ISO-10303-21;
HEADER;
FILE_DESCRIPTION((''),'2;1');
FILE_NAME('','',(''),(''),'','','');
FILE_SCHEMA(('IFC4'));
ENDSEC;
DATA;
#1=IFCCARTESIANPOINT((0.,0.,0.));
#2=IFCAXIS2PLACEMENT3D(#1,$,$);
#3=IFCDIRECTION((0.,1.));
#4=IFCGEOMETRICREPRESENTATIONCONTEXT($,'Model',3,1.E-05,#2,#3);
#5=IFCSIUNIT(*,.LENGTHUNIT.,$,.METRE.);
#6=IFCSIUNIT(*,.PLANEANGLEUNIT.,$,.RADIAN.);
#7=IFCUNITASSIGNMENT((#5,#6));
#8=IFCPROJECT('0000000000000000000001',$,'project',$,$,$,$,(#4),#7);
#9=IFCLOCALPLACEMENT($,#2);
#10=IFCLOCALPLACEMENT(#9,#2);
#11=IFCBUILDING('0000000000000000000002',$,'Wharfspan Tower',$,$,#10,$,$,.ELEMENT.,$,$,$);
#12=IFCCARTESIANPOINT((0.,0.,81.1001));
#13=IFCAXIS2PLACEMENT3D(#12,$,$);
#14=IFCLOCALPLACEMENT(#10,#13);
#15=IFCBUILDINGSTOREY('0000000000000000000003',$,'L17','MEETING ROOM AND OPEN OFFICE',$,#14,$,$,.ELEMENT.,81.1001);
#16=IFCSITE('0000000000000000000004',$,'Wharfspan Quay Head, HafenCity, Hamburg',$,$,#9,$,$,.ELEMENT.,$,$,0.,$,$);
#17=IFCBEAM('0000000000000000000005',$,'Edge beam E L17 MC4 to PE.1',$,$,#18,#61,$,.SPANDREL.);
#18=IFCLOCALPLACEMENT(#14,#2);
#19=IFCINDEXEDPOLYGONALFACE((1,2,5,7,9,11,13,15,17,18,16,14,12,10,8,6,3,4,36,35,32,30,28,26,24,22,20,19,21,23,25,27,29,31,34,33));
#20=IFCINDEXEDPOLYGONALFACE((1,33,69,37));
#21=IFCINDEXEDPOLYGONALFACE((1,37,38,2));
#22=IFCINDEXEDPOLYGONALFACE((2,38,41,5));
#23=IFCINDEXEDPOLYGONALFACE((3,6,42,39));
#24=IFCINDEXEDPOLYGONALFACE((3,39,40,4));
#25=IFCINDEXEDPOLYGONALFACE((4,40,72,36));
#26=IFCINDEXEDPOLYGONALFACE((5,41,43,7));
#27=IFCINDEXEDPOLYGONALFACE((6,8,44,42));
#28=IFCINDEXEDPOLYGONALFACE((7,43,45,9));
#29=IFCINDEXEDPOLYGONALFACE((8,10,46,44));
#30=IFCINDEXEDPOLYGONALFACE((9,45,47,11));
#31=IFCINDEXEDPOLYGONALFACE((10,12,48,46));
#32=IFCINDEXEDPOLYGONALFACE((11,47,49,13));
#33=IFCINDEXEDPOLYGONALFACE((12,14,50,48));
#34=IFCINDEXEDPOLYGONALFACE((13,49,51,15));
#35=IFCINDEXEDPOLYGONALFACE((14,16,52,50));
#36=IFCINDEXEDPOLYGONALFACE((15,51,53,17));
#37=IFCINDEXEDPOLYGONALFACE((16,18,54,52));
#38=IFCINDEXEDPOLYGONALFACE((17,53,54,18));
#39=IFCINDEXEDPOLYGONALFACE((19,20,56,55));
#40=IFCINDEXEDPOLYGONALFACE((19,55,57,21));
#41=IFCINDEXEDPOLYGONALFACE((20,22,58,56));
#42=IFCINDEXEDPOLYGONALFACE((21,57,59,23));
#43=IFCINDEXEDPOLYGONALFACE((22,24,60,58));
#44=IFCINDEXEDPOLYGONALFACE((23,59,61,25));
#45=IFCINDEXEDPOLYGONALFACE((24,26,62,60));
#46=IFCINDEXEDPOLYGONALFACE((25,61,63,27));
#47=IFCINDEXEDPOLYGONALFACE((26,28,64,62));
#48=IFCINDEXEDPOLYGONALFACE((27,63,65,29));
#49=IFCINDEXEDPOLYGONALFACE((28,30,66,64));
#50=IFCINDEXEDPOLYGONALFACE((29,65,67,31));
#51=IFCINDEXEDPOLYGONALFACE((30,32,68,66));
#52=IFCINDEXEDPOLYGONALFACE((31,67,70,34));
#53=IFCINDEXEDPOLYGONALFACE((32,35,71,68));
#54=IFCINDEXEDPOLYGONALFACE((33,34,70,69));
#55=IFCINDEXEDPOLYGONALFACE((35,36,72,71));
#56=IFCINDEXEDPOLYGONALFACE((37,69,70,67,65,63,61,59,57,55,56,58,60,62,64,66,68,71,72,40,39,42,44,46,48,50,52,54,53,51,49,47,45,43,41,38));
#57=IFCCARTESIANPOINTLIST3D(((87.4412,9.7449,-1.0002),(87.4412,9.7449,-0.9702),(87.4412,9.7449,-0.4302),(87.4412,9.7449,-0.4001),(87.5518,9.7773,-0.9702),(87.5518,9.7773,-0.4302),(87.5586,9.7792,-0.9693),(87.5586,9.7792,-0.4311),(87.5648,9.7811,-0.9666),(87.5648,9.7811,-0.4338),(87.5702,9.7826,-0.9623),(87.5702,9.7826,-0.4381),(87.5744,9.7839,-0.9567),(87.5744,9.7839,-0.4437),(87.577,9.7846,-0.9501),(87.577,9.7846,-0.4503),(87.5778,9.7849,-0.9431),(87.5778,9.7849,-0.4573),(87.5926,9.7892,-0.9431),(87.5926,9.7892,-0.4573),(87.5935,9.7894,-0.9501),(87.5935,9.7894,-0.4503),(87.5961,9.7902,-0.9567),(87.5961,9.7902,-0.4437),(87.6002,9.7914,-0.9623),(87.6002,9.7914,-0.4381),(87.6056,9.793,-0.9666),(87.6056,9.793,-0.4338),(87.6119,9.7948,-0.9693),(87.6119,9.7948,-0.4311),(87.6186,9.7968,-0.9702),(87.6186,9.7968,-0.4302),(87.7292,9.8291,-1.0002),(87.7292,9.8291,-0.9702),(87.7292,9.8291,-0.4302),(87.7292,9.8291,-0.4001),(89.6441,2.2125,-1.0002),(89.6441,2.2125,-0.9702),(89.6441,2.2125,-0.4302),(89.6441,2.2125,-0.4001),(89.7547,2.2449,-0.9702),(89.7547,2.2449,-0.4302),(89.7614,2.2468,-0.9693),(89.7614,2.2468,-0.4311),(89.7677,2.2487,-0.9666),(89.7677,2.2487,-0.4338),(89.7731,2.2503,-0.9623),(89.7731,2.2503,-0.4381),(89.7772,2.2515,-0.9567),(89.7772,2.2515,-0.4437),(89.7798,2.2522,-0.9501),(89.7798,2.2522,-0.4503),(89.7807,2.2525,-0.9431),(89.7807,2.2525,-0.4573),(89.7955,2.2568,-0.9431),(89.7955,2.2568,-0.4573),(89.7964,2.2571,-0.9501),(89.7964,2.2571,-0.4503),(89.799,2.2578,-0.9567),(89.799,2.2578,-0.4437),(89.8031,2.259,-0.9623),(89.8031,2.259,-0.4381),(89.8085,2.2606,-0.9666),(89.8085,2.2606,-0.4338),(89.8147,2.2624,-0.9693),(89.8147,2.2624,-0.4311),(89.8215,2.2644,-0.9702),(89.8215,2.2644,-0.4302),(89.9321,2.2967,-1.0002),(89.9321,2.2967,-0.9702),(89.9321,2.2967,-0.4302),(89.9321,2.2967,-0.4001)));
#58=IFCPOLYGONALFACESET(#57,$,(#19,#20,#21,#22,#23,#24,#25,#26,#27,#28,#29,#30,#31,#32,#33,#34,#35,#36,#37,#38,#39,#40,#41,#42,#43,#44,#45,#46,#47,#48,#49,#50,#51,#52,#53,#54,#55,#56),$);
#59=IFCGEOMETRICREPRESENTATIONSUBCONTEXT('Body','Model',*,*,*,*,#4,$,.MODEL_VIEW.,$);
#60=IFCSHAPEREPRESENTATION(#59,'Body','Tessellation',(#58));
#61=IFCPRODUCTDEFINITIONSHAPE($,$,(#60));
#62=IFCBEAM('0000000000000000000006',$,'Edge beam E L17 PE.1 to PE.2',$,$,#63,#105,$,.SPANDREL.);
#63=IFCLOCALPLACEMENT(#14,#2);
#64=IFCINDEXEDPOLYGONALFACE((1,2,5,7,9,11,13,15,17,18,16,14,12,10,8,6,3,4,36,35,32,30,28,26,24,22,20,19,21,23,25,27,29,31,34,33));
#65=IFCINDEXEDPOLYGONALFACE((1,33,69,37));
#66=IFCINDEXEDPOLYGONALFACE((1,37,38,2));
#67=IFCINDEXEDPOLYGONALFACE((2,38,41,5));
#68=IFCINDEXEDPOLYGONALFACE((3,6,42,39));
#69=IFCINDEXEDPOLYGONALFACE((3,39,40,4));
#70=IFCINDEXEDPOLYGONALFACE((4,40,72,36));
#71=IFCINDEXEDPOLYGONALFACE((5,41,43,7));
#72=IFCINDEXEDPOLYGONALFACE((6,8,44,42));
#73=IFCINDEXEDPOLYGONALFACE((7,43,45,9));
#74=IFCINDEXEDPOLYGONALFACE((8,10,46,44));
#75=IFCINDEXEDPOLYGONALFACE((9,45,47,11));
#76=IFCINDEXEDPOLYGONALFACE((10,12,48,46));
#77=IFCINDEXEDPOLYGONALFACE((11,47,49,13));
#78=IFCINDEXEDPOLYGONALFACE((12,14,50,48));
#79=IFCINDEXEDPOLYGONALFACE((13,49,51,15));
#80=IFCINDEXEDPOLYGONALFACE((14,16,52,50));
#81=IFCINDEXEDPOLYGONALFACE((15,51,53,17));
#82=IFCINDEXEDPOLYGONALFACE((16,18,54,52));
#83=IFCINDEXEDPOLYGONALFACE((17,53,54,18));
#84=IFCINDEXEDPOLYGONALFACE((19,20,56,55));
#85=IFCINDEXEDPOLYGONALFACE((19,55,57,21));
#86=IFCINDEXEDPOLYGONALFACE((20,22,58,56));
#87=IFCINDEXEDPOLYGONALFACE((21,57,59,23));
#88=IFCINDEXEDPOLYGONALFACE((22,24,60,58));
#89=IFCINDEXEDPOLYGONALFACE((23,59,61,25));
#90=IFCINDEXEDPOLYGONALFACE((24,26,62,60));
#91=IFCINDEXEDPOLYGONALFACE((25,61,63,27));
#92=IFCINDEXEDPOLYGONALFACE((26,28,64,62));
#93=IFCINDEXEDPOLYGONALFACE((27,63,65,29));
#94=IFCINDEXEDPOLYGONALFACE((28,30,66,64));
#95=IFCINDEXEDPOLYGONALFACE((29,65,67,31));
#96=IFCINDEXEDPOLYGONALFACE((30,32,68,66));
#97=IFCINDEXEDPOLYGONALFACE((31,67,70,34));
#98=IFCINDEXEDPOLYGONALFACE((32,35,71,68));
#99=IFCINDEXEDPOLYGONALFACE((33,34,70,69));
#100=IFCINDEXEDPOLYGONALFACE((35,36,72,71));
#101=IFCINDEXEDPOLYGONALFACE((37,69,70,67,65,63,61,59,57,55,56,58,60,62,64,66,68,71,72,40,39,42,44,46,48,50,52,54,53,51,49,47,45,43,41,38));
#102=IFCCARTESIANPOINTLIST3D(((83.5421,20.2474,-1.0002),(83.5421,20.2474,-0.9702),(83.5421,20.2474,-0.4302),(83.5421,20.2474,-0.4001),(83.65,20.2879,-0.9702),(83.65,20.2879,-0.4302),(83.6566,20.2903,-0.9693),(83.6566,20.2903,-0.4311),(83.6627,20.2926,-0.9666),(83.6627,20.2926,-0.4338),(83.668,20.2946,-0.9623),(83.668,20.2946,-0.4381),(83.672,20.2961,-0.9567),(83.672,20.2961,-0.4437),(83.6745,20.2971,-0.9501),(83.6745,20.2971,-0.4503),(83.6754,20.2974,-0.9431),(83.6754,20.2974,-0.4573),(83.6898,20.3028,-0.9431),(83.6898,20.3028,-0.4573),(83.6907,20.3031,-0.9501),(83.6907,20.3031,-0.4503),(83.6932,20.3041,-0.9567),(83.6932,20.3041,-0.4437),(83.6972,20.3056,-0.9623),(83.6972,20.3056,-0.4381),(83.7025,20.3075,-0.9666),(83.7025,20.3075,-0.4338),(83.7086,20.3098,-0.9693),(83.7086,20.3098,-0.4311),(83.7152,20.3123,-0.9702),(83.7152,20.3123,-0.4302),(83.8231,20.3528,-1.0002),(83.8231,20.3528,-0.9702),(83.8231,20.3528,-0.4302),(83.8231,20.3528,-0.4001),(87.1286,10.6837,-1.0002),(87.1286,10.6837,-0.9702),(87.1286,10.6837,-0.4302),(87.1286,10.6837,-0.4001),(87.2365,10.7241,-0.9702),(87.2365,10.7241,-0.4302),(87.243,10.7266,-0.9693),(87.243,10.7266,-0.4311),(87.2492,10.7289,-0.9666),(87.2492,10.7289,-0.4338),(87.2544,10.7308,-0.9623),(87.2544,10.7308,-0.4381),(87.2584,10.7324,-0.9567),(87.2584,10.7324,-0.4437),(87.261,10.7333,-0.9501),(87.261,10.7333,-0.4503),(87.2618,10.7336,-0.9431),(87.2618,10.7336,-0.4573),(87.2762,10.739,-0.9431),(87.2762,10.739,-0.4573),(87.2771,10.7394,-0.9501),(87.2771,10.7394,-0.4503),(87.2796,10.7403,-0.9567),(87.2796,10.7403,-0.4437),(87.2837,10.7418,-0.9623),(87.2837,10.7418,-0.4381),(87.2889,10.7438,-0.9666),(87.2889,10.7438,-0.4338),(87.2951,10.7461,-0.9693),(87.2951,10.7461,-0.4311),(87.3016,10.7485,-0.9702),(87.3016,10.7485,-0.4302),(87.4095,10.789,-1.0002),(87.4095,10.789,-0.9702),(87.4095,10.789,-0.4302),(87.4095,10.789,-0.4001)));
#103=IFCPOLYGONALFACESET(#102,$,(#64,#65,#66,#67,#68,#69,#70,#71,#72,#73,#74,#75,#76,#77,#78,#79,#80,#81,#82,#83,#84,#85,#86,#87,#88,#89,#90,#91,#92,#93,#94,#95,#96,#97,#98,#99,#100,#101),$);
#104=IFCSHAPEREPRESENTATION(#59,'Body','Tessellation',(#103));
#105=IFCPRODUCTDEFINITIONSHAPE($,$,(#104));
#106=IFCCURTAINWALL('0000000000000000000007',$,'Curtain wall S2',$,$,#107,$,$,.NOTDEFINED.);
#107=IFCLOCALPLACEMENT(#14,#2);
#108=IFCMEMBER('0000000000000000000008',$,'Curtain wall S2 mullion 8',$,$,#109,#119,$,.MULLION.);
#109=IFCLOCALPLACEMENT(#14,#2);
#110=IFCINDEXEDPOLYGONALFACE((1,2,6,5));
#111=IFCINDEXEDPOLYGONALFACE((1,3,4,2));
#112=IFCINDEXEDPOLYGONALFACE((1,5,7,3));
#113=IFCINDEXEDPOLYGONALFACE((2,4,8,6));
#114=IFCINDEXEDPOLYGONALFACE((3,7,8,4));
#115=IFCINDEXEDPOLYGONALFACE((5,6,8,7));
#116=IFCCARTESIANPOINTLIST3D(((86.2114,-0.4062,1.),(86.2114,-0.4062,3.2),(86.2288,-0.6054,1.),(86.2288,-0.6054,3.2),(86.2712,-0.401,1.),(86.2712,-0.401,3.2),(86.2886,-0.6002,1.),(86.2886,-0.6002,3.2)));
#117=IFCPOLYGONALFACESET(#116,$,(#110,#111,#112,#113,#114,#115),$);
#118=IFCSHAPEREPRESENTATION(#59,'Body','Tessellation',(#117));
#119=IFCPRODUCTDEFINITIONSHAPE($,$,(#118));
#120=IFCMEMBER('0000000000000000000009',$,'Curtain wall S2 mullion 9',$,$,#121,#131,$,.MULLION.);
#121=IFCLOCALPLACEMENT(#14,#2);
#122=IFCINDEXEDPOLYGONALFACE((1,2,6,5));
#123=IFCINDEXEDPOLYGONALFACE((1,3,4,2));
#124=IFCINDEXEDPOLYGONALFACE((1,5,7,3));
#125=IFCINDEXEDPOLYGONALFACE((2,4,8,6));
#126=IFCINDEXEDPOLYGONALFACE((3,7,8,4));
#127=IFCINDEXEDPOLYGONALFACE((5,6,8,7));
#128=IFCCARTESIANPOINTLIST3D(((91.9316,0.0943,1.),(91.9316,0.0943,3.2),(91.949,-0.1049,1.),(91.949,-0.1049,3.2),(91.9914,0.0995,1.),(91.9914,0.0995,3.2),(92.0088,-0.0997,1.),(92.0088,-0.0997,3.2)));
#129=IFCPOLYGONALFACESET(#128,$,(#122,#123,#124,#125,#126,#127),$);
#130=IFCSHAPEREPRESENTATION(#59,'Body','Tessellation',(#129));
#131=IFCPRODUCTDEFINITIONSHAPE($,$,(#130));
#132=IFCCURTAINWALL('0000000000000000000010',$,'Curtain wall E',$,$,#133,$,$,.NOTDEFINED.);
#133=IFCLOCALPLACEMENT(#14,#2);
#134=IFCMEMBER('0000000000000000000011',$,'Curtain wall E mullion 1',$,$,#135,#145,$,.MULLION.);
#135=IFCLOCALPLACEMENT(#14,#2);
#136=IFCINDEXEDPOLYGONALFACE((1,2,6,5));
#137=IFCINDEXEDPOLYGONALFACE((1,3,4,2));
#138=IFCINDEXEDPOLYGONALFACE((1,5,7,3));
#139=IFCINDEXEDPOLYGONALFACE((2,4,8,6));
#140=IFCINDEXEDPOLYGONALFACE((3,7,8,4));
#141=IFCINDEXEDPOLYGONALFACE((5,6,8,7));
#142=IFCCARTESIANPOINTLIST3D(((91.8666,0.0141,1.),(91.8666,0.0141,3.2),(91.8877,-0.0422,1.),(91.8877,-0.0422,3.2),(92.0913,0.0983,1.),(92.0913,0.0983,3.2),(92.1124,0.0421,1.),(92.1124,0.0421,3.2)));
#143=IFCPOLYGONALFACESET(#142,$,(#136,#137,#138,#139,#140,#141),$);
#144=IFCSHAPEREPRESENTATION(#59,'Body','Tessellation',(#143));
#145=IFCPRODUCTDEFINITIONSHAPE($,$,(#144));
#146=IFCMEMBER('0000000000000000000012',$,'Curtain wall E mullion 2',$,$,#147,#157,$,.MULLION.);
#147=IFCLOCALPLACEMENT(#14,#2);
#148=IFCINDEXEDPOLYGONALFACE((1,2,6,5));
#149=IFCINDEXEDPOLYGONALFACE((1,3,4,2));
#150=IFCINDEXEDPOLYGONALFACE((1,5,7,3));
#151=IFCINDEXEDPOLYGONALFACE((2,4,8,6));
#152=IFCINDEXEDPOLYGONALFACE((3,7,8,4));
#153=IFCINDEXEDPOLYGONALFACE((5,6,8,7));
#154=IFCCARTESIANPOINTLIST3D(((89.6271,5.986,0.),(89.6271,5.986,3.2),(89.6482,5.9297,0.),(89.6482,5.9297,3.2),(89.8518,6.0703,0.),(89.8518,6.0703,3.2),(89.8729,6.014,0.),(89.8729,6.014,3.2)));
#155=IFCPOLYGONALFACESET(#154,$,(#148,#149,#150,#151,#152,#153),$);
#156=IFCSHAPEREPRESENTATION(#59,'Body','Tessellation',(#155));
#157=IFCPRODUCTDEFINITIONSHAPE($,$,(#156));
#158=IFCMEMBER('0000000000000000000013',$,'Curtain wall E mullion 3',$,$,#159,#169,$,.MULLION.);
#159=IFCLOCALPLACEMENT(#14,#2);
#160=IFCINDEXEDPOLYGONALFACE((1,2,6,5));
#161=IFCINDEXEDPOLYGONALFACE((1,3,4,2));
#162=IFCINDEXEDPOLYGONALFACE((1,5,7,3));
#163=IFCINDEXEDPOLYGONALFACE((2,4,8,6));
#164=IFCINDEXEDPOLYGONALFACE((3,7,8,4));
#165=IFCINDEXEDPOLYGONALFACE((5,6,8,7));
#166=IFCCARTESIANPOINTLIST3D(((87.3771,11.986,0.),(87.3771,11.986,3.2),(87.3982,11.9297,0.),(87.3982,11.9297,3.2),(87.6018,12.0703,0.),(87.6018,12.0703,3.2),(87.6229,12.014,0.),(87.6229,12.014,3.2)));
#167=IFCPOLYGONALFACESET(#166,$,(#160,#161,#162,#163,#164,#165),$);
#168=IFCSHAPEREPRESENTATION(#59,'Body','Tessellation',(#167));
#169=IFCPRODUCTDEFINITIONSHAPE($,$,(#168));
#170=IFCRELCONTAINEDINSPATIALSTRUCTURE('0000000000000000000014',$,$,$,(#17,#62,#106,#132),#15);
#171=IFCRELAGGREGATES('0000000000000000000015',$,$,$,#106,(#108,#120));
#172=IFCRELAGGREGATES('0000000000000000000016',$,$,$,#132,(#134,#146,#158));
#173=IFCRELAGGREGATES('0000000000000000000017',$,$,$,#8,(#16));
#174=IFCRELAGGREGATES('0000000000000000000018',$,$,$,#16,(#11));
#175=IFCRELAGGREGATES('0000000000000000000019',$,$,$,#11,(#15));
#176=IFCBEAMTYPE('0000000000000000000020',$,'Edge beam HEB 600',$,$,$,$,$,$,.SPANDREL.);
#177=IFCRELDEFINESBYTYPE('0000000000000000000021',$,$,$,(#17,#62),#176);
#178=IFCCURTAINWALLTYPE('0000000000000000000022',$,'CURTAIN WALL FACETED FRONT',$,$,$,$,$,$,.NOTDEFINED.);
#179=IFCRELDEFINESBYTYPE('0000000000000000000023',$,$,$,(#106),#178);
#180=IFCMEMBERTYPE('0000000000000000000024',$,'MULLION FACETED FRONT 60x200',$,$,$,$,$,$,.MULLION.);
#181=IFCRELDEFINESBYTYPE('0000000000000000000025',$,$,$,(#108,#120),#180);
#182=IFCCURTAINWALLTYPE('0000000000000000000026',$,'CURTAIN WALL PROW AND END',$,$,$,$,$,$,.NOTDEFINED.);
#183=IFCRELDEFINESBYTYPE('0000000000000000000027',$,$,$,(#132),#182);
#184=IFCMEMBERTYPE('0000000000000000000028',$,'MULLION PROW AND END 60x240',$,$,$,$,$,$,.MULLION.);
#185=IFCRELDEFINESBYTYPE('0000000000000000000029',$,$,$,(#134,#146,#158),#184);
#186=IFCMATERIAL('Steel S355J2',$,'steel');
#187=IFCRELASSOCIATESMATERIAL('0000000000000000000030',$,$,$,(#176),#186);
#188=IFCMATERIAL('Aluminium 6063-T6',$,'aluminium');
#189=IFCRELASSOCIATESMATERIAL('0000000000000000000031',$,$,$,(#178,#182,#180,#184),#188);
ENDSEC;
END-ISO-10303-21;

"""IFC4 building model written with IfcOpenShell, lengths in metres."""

from ifc_helpers import new_model, si_unit, direction, frame, origin, origin_2d, place, context, subcontext, project, spatial, rectangle, i_section, extrude, material, material_profile, profile_set, type_object, element, aggregate, save


model = new_model("IFC4")

# Units and contexts
model_context = context("Model", 3, precision=1e-05, world=origin(), true_north=direction((0.0, 1.0)))
body_context = subcontext(model_context, "Body", "Model", "MODEL_VIEW")
ifc_project = project(units=[si_unit("LENGTHUNIT", "METRE"), si_unit("PLANEANGLEUNIT", "RADIAN")], contexts=[model_context])

# Site, building, storey
site_placement = place(None, origin())
site = spatial("IfcSite", under=ifc_project, at=site_placement, Name="Wharfspan Quay Head, HafenCity, Hamburg", CompositionType="ELEMENT", RefElevation=0.0)
building_placement = place(site_placement, origin())
building = spatial("IfcBuilding", under=site, at=building_placement, Name="Wharfspan Tower", CompositionType="ELEMENT")
storey_placement = place(building_placement, frame((0.0, 0.0, 81.1001)))
storey = spatial("IfcBuildingStorey", under=building, at=storey_placement, Name="L17", Description="MEETING ROOM AND OPEN OFFICE", CompositionType="ELEMENT", Elevation=81.1001)

# Shared definitions
ifc_material_1 = material(Name="Steel S355J2", Category="steel")

# Beams
ifc_material_profile_1 = material_profile(ifc_material_1, i_section(OverallWidth=0.3, OverallDepth=0.6001, WebThickness=0.0154, FlangeThickness=0.03, FilletRadius=0.0271, at=origin_2d()))
ifc_profile_set_1 = profile_set([ifc_material_profile_1], Name="Steel S355J2")
beam_type = type_object("IfcBeamType", Name="Edge beam HEB 600", PredefinedType="SPANDREL", material=ifc_profile_set_1)
beam_1_placement = place(storey_placement, frame((89.7881, 2.2546, -0.7002), z_axis=(-0.280694, 0.959797, 0.0), x_axis=(-0.959797, -0.280694, 0.0)))
element("IfcBeam", 1, at=beam_1_placement, inside=storey, type_object=beam_type, Name="Edge beam E L17 MC4 to PE.1", PredefinedType="SPANDREL", context=body_context, shape_type="SweptSolid", body=[
    extrude(i_section(OverallWidth=0.3, OverallDepth=0.6001, WebThickness=0.0154, FlangeThickness=0.03, FilletRadius=0.0271, at=origin_2d()), origin(), (0.0, 0.0, 1.0), 7.8479),
])
beam_2_placement = place(storey_placement, frame((87.269, 10.7363, -0.7002), z_axis=(-0.351126, 0.936328, 0.0), x_axis=(-0.936328, -0.351126, 0.0)))
element("IfcBeam", 2, at=beam_2_placement, inside=storey, type_object=beam_type, Name="Edge beam E L17 PE.1 to PE.2", PredefinedType="SPANDREL", context=body_context, shape_type="SweptSolid", body=[
    extrude(i_section(OverallWidth=0.3, OverallDepth=0.6001, WebThickness=0.0154, FlangeThickness=0.03, FilletRadius=0.0271, at=origin_2d()), origin(), (0.0, 0.0, 1.0), 10.2141),
])

# Curtain walls, members
ifc_material_2 = material(Name="Aluminium 6063-T6", Category="aluminium")
curtain_wall_type_1 = type_object("IfcCurtainWallType", Name="CURTAIN WALL FACETED FRONT", PredefinedType="NOTDEFINED", material=ifc_material_2)
curtain_wall_1_placement = place(storey_placement, origin())
curtain_wall_1 = element("IfcCurtainWall", 3, at=curtain_wall_1_placement, inside=storey, type_object=curtain_wall_type_1, Name="Curtain wall S2", PredefinedType="NOTDEFINED")
ifc_material_profile_2 = material_profile(ifc_material_2, rectangle(XDim=0.2, YDim=0.0601, at=origin_2d()))
ifc_profile_set_2 = profile_set([ifc_material_profile_2], Name="Aluminium 6063-T6")
member_type_1 = type_object("IfcMemberType", Name="MULLION FACETED FRONT 60x200", PredefinedType="MULLION", material=ifc_profile_set_2)
member_1_placement = place(storey_placement, frame((86.25, -0.5032, 1.0), z_axis=(0.0, 0.0, 1.0), x_axis=(-0.087156, 0.996197, 0.0)))
member_1 = element("IfcMember", 4, at=member_1_placement, type_object=member_type_1, Name="Curtain wall S2 mullion 8", PredefinedType="MULLION", context=body_context, shape_type="SweptSolid", body=[
    extrude(rectangle(XDim=0.2, YDim=0.0601, at=origin_2d()), origin(), (0.0, 0.0, 1.0), 2.2),
])
member_2_placement = place(storey_placement, frame((91.9702, -0.0027, 1.0), z_axis=(0.0, 0.0, 1.0), x_axis=(-0.087156, 0.996197, 0.0)))
member_2 = element("IfcMember", 5, at=member_2_placement, type_object=member_type_1, Name="Curtain wall S2 mullion 9", PredefinedType="MULLION", context=body_context, shape_type="SweptSolid", body=[
    extrude(rectangle(XDim=0.2, YDim=0.0601, at=origin_2d()), origin(), (0.0, 0.0, 1.0), 2.2),
])
curtain_wall_type_2 = type_object("IfcCurtainWallType", Name="CURTAIN WALL PROW AND END", PredefinedType="NOTDEFINED", material=ifc_material_2)
curtain_wall_2_placement = place(storey_placement, origin())
curtain_wall_2 = element("IfcCurtainWall", 6, at=curtain_wall_2_placement, inside=storey, type_object=curtain_wall_type_2, Name="Curtain wall E", PredefinedType="NOTDEFINED")
ifc_material_profile_3 = material_profile(ifc_material_2, rectangle(XDim=0.24, YDim=0.0601, at=origin_2d()))
ifc_profile_set_3 = profile_set([ifc_material_profile_3], Name="Aluminium 6063-T6")
member_type_2 = type_object("IfcMemberType", Name="MULLION PROW AND END 60x240", PredefinedType="MULLION", material=ifc_profile_set_3)
member_3_placement = place(storey_placement, frame((91.9895, 0.0281, 1.0), z_axis=(0.0, 0.0, 1.0), x_axis=(-0.936328, -0.351123, 0.0)))
member_3 = element("IfcMember", 7, at=member_3_placement, type_object=member_type_2, Name="Curtain wall E mullion 1", PredefinedType="MULLION", context=body_context, shape_type="SweptSolid", body=[
    extrude(rectangle(XDim=0.24, YDim=0.0601, at=origin_2d()), origin(), (0.0, 0.0, 1.0), 2.2),
])
member_4_placement = place(storey_placement, frame((89.75, 6.0, 0.0), z_axis=(0.0, 0.0, 1.0), x_axis=(-0.936328, -0.351123, 0.0)))
member_4 = element("IfcMember", 8, at=member_4_placement, type_object=member_type_2, Name="Curtain wall E mullion 2", PredefinedType="MULLION", context=body_context, shape_type="SweptSolid", body=[
    extrude(rectangle(XDim=0.24, YDim=0.0601, at=origin_2d()), origin(), (0.0, 0.0, 1.0), 3.2),
])
member_5_placement = place(storey_placement, frame((87.5, 12.0, 0.0), z_axis=(0.0, 0.0, 1.0), x_axis=(-0.936328, -0.351123, 0.0)))
member_5 = element("IfcMember", 9, at=member_5_placement, type_object=member_type_2, Name="Curtain wall E mullion 3", PredefinedType="MULLION", context=body_context, shape_type="SweptSolid", body=[
    extrude(rectangle(XDim=0.24, YDim=0.0601, at=origin_2d()), origin(), (0.0, 0.0, 1.0), 3.2),
])

aggregate(curtain_wall_1, [member_1, member_2])
aggregate(curtain_wall_2, [member_3, member_4, member_5])

save(model, "model.ifc")
